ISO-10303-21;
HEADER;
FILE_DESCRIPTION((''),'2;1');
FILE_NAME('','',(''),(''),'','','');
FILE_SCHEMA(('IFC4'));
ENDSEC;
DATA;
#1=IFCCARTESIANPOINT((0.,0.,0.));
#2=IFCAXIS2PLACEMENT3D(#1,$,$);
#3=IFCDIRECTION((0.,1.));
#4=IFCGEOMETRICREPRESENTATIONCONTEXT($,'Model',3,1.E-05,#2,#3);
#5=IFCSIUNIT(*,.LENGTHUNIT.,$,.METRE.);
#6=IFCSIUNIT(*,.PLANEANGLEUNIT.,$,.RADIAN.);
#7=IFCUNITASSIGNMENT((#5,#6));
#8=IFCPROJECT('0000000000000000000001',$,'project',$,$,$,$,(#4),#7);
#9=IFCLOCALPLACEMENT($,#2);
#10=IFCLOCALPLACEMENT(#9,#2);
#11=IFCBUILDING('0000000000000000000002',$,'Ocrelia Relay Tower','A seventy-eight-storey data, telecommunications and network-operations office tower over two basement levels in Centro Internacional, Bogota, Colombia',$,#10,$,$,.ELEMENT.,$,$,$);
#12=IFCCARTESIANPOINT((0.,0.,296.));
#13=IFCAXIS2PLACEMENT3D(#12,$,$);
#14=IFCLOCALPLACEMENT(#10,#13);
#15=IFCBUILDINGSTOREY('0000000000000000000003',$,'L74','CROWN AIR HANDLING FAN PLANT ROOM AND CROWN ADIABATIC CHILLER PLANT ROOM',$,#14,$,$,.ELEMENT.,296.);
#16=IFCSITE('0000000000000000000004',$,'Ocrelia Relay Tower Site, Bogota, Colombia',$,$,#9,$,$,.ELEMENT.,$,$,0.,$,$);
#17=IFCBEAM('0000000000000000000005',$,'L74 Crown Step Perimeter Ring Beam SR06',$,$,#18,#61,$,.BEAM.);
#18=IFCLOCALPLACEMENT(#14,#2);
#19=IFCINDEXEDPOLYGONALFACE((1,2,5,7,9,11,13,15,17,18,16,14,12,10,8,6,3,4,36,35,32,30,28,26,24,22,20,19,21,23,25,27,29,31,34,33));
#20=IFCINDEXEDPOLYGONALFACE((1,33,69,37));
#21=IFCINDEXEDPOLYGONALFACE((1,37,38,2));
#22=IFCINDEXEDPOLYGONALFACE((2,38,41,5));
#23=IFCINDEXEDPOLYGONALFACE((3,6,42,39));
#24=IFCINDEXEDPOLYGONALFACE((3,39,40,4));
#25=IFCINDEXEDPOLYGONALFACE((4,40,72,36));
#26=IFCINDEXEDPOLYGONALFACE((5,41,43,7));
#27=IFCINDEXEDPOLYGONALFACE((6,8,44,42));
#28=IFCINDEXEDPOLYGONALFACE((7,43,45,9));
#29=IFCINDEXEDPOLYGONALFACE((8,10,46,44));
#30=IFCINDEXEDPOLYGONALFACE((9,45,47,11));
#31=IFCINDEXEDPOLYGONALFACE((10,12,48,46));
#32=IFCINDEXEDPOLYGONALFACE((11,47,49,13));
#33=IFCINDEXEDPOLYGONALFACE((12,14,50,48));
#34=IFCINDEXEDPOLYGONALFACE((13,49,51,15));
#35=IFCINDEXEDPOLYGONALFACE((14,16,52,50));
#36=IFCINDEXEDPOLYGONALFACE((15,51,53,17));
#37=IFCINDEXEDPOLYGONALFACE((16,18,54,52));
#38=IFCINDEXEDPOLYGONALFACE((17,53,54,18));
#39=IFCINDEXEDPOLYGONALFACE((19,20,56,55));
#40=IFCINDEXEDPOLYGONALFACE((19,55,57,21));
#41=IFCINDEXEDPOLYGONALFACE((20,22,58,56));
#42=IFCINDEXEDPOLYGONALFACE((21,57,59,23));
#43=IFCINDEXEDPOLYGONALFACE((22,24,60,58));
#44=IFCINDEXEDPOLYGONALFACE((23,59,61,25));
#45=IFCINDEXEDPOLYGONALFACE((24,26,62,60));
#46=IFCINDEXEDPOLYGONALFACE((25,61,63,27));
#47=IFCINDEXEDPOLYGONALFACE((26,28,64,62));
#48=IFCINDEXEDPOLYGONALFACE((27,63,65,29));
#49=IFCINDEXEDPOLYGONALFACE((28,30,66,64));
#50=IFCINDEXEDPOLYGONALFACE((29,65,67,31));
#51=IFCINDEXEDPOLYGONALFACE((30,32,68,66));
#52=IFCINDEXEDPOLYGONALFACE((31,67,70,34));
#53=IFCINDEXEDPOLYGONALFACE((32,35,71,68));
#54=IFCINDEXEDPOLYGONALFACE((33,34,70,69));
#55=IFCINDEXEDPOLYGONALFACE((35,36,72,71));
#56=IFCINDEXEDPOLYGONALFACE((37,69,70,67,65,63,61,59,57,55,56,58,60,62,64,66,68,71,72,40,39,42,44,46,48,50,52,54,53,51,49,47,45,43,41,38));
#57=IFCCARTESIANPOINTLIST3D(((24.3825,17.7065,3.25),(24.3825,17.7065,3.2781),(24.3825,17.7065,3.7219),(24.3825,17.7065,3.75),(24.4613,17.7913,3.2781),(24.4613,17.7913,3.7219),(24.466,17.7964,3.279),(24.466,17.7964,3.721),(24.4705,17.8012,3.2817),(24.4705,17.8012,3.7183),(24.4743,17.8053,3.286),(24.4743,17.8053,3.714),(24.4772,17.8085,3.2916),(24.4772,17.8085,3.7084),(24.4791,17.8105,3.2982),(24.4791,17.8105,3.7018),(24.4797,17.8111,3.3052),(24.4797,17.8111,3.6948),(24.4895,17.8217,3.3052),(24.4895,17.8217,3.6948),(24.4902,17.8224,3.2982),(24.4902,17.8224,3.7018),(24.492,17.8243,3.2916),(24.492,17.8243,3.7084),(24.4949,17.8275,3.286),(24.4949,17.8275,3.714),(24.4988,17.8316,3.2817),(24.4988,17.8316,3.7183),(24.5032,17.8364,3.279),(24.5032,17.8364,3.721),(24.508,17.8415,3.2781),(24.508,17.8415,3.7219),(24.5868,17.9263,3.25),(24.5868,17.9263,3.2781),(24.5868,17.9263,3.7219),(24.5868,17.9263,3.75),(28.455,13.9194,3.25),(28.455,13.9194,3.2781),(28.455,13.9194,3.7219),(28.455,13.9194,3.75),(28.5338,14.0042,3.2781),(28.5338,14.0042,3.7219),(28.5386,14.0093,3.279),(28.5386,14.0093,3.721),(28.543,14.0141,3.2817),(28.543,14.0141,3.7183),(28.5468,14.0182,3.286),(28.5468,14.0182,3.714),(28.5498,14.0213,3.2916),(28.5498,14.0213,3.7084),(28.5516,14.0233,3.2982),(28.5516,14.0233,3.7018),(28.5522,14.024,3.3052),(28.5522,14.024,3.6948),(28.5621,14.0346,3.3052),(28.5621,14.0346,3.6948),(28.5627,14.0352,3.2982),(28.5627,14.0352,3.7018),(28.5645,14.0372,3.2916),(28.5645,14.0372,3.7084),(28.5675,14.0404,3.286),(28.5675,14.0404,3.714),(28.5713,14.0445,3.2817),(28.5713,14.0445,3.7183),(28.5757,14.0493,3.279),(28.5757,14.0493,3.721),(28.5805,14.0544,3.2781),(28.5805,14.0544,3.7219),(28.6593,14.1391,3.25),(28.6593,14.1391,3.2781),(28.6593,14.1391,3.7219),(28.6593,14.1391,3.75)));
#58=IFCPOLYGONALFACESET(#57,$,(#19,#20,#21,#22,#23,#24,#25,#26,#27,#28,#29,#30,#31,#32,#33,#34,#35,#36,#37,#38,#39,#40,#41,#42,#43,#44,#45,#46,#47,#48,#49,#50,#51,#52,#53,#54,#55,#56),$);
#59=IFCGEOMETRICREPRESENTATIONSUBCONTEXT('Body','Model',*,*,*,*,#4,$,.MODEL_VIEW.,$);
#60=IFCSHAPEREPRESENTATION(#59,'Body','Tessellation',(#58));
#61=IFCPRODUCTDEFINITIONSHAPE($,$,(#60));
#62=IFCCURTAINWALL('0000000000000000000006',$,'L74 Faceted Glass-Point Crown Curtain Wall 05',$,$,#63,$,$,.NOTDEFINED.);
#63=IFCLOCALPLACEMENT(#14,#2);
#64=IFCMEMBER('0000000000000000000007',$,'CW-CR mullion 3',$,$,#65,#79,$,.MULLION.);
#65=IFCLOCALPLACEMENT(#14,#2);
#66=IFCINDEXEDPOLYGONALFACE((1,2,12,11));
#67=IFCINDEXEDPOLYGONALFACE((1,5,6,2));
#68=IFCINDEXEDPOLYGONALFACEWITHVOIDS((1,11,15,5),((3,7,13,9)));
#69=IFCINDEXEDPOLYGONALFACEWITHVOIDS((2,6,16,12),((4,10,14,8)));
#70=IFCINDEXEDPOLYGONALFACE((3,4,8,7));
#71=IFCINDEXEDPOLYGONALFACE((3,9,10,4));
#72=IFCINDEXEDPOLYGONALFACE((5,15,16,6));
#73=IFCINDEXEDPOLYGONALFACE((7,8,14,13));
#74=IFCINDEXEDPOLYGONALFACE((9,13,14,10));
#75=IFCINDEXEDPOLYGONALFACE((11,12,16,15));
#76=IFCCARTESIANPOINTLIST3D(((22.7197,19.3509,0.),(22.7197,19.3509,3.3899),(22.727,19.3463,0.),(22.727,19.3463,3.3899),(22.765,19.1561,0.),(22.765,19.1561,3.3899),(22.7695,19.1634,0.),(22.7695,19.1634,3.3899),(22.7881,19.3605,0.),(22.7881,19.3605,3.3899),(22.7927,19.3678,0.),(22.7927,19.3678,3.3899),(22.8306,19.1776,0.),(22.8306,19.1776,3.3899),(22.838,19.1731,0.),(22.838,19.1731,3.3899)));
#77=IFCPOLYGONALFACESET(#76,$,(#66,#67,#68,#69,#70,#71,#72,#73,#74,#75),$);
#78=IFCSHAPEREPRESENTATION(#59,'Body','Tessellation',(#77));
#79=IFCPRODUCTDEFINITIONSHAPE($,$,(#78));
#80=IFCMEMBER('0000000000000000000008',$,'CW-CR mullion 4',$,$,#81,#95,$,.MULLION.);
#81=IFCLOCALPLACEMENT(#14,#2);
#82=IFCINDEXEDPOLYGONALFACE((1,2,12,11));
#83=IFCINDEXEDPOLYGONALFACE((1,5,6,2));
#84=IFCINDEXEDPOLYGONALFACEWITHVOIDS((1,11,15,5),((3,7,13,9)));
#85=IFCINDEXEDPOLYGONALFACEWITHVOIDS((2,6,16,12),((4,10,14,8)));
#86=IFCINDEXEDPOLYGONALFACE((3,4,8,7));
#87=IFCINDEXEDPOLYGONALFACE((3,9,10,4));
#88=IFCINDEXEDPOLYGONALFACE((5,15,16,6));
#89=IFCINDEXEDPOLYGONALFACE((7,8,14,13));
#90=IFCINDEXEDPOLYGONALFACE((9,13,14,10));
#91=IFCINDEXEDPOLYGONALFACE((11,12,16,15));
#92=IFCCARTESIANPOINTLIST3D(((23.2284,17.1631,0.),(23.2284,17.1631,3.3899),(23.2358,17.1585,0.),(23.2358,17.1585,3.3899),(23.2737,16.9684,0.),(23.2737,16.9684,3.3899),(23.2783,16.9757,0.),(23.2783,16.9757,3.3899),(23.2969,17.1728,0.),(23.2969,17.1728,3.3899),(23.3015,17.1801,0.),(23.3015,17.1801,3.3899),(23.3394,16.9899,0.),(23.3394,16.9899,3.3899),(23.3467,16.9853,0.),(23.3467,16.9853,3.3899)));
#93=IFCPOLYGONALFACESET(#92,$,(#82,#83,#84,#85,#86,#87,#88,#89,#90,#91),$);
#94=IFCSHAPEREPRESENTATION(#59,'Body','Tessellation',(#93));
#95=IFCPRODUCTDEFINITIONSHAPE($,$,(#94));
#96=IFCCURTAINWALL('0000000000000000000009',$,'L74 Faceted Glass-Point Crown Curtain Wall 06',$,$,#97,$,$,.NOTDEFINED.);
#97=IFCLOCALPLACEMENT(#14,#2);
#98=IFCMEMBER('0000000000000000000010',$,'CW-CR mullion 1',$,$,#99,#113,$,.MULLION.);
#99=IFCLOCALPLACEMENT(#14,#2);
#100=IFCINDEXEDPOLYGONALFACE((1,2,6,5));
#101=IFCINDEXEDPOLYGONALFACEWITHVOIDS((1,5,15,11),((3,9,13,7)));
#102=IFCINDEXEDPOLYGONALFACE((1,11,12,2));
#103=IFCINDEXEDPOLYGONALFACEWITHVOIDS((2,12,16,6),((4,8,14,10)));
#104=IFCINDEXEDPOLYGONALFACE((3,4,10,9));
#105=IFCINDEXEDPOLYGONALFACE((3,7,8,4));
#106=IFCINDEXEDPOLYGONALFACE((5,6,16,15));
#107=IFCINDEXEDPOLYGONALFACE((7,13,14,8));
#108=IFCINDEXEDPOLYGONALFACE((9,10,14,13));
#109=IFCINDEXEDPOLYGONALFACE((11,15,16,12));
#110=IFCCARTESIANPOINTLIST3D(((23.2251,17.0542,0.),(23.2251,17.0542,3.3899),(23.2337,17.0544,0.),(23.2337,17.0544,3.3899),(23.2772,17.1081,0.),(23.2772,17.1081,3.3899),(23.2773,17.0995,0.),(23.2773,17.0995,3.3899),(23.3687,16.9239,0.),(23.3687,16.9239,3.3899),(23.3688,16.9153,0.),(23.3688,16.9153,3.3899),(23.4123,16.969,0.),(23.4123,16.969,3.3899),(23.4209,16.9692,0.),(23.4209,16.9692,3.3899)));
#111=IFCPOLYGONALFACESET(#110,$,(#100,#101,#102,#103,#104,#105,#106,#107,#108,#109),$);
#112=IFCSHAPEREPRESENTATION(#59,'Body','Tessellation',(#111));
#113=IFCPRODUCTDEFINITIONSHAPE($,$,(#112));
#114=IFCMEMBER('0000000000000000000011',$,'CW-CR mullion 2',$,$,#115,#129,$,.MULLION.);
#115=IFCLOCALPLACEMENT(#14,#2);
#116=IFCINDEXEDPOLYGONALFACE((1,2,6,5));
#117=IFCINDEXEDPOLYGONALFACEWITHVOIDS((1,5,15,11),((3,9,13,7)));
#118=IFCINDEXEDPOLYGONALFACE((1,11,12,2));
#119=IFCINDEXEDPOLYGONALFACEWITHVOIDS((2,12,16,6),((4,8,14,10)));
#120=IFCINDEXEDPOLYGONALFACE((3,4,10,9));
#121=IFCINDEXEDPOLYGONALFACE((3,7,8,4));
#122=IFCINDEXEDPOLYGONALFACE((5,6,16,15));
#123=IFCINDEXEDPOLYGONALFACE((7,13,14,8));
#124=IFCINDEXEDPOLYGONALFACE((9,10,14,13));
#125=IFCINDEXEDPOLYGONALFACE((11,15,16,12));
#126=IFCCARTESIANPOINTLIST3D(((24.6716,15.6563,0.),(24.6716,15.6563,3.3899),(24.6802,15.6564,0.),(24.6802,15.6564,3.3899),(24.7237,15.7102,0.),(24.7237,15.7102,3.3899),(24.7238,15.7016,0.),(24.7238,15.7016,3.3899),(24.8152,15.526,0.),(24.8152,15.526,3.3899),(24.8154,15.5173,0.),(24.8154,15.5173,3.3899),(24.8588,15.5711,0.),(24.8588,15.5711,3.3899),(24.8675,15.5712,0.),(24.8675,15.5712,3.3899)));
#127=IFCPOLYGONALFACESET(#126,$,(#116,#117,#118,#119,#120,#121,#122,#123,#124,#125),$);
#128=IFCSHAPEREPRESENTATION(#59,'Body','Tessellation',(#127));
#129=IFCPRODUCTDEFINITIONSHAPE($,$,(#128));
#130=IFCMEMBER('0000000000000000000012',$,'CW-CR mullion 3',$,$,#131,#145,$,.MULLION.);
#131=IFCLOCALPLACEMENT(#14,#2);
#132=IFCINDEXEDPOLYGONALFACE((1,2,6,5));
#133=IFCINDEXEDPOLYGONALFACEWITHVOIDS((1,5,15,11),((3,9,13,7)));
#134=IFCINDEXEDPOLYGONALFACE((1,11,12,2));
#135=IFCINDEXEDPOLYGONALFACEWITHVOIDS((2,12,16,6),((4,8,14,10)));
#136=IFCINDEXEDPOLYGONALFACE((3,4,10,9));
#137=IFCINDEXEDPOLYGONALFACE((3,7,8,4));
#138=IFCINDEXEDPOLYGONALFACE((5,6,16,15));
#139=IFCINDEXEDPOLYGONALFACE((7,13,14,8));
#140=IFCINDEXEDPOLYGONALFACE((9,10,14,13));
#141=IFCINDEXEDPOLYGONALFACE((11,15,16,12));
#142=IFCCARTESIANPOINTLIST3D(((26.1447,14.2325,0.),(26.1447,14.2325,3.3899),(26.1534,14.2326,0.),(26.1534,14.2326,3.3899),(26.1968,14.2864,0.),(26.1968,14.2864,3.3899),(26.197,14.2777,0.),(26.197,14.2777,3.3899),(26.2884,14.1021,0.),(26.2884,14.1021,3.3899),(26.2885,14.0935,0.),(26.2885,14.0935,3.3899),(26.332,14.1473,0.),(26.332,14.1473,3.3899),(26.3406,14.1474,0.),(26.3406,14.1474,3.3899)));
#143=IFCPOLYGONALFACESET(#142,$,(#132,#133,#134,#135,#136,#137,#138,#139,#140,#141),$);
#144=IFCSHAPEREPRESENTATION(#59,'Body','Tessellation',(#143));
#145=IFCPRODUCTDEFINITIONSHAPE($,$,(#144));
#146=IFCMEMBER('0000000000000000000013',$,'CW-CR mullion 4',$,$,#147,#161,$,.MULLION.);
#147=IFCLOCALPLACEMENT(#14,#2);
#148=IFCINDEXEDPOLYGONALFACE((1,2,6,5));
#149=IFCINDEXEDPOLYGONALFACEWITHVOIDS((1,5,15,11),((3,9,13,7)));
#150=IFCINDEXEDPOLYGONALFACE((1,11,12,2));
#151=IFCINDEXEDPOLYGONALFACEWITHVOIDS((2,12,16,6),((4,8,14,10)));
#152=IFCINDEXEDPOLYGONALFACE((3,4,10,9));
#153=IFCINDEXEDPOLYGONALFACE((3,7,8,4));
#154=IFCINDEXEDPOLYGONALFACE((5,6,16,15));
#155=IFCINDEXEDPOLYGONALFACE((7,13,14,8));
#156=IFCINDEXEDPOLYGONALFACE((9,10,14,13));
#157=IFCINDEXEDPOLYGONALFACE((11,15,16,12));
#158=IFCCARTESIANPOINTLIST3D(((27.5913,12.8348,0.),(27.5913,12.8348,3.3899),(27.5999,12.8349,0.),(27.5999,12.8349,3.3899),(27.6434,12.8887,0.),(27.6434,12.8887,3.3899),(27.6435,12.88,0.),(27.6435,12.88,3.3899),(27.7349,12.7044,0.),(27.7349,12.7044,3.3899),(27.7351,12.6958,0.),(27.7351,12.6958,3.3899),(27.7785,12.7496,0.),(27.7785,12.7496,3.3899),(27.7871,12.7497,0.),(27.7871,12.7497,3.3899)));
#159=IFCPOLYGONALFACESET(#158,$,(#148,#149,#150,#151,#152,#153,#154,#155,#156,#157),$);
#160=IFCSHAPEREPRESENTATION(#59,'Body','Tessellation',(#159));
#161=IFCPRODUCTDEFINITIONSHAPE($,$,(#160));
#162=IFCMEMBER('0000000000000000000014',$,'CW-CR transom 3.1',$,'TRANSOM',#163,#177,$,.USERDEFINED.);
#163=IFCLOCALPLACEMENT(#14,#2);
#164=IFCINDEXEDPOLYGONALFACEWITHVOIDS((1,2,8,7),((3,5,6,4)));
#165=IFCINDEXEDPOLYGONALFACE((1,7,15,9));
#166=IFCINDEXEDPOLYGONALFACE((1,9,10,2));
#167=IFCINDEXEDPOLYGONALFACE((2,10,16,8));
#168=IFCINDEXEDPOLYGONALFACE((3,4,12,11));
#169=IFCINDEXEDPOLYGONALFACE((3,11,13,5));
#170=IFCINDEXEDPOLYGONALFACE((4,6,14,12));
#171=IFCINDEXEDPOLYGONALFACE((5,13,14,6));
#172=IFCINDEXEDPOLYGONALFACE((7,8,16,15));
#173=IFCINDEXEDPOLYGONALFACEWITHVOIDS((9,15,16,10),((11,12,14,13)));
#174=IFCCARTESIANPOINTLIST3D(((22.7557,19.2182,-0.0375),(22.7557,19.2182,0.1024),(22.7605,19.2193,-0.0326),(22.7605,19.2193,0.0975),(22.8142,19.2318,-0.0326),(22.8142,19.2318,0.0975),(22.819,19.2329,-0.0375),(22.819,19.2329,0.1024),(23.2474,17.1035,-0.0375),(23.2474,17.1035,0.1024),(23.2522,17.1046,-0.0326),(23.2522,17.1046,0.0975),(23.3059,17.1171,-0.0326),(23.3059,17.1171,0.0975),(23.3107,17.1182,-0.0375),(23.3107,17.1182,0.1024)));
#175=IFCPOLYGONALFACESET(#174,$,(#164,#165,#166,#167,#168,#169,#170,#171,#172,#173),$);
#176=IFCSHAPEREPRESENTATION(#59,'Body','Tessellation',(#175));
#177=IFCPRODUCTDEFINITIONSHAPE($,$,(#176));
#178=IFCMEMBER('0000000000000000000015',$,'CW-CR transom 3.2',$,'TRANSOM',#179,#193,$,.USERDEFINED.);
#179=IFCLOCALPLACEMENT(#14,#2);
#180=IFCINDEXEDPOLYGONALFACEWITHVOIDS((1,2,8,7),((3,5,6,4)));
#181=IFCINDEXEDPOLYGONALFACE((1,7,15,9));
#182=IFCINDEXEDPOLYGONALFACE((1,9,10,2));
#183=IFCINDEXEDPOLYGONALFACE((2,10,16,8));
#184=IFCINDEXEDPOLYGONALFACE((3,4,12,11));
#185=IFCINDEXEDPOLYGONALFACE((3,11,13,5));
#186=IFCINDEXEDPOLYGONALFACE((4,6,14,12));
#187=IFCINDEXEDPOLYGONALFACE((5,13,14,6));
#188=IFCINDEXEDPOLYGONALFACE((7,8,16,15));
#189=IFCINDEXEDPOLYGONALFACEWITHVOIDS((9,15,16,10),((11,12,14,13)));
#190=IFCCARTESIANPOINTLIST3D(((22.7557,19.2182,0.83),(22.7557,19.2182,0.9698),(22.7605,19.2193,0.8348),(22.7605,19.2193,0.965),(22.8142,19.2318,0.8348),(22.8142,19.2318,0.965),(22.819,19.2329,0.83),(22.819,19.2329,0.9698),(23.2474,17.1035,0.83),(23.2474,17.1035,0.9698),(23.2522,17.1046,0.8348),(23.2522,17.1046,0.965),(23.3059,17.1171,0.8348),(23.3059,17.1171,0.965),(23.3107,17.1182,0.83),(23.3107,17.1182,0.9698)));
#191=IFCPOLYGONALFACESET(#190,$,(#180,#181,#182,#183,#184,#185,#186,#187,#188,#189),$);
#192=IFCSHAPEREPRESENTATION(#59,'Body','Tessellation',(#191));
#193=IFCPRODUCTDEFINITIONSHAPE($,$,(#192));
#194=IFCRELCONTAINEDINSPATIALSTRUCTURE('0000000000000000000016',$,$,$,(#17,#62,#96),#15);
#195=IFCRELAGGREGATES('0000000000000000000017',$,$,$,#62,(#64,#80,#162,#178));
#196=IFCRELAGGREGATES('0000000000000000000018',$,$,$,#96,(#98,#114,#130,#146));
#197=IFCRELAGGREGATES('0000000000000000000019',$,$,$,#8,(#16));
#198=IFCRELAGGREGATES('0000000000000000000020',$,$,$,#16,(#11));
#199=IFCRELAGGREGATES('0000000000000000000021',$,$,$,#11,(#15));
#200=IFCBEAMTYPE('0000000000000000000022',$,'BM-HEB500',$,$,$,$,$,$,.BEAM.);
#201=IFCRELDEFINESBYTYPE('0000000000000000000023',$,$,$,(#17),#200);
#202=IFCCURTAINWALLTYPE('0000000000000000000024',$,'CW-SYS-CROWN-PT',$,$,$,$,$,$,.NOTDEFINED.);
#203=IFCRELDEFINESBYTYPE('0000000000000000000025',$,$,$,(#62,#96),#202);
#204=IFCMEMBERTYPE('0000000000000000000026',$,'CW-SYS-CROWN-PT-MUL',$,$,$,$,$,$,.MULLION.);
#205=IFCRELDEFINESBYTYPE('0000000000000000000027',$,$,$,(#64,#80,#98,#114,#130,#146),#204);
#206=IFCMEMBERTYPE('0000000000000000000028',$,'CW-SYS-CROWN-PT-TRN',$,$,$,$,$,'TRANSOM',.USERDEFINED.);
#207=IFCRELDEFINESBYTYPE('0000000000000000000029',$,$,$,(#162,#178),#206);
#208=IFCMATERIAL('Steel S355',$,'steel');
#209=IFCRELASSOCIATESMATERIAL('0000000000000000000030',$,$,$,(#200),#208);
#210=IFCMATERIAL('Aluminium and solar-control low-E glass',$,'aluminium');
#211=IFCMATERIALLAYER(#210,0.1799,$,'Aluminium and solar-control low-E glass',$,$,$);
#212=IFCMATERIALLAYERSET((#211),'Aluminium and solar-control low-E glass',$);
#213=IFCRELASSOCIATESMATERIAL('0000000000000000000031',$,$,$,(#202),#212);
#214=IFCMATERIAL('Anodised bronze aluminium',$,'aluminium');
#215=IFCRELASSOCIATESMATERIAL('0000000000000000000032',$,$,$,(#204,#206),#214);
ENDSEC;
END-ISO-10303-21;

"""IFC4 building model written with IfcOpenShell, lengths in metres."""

from ifc_helpers import new_model, si_unit, direction, frame, origin, origin_2d, place, context, subcontext, project, spatial, hollow_rectangle, i_section, extrude, material, layer, layer_set, material_profile, profile_set, type_object, element, aggregate, save


model = new_model("IFC4")

# Units and contexts
model_context = context("Model", 3, precision=1e-05, world=origin(), true_north=direction((0.0, 1.0)))
body_context = subcontext(model_context, "Body", "Model", "MODEL_VIEW")
ifc_project = project(units=[si_unit("LENGTHUNIT", "METRE"), si_unit("PLANEANGLEUNIT", "RADIAN")], contexts=[model_context])

# Site, building, storey
site_placement = place(None, origin())
site = spatial("IfcSite", under=ifc_project, at=site_placement, Name="Ocrelia Relay Tower Site, Bogota, Colombia", CompositionType="ELEMENT", RefElevation=0.0)
building_placement = place(site_placement, origin())
building = spatial("IfcBuilding", under=site, at=building_placement, Name="Ocrelia Relay Tower", Description="A seventy-eight-storey data, telecommunications and network-operations office tower over two basement levels in Centro Internacional, Bogota, Colombia", CompositionType="ELEMENT")
storey_placement = place(building_placement, frame((0.0, 0.0, 296.0)))
storey = spatial("IfcBuildingStorey", under=building, at=storey_placement, Name="L74", Description="CROWN AIR HANDLING FAN PLANT ROOM AND CROWN ADIABATIC CHILLER PLANT ROOM", CompositionType="ELEMENT", Elevation=296.0)

# Beam
ifc_material_1 = material(Name="Steel S355", Category="steel")
ifc_material_profile_1 = material_profile(ifc_material_1, i_section(OverallWidth=0.3, OverallDepth=0.5, WebThickness=0.0144, FlangeThickness=0.0281, FilletRadius=0.0271, at=origin_2d()), Name="HEB 500")
ifc_profile_set_1 = profile_set([ifc_material_profile_1], Name="Steel S355")
beam_type_1 = type_object("IfcBeamType", Name="BM-HEB500", PredefinedType="BEAM", material=ifc_profile_set_1)
beam_1_placement = place(storey_placement, frame((24.4846, 17.8164, 3.5), z_axis=(0.732301, -0.680981, 0.0), x_axis=(0.680981, 0.732301, 0.0)))
element("IfcBeam", 1, at=beam_1_placement, inside=storey, type_object=beam_type_1, Name="L74 Crown Step Perimeter Ring Beam SR06", PredefinedType="BEAM", context=body_context, shape_type="SweptSolid", body=[
    extrude(i_section(OverallWidth=0.3, OverallDepth=0.5, WebThickness=0.0144, FlangeThickness=0.0281, FilletRadius=0.0271, at=origin_2d()), origin(), (0.0, 0.0, 1.0), 5.5613),
])

# Curtain walls, members
ifc_material_2 = material(Name="Aluminium and solar-control low-E glass", Category="aluminium")
ifc_layer_1 = layer(ifc_material_2, 0.1799, Name="Aluminium and solar-control low-E glass")
ifc_layer_set_1 = layer_set([ifc_layer_1], Name="Aluminium and solar-control low-E glass")
curtain_wall_type = type_object("IfcCurtainWallType", Name="CW-SYS-CROWN-PT", PredefinedType="NOTDEFINED", material=ifc_layer_set_1)
curtain_wall_1_placement = place(storey_placement, origin())
curtain_wall_1 = element("IfcCurtainWall", 2, at=curtain_wall_1_placement, inside=storey, type_object=curtain_wall_type, Name="L74 Faceted Glass-Point Crown Curtain Wall 05", PredefinedType="NOTDEFINED")
ifc_material_3 = material(Name="Anodised bronze aluminium", Category="aluminium")
ifc_material_profile_2 = material_profile(ifc_material_3, hollow_rectangle(XDim=0.075, YDim=0.2, WallThickness=0.0061, at=origin_2d()), Name="CW-MUL-200x75")
ifc_profile_set_2 = profile_set([ifc_material_profile_2], Name="Anodised bronze aluminium")
member_type_1 = type_object("IfcMemberType", Name="CW-SYS-CROWN-PT-MUL", PredefinedType="MULLION", material=ifc_profile_set_2)
member_1_placement = place(storey_placement, frame((22.7788, 19.262, 0.0), z_axis=(0.0, 0.0, 1.0), x_axis=(0.974004, 0.226533, 0.0)))
member_1 = element("IfcMember", 3, at=member_1_placement, type_object=member_type_1, Name="CW-CR mullion 3", PredefinedType="MULLION", context=body_context, shape_type="SweptSolid", body=[
    extrude(hollow_rectangle(XDim=0.075, YDim=0.2, WallThickness=0.0061, at=origin_2d()), origin(), (0.0, 0.0, 1.0), 3.3899),
])
member_2_placement = place(storey_placement, frame((23.2876, 17.0742, 0.0), z_axis=(0.0, 0.0, 1.0), x_axis=(0.974004, 0.226533, 0.0)))
member_2 = element("IfcMember", 4, at=member_2_placement, type_object=member_type_1, Name="CW-CR mullion 4", PredefinedType="MULLION", context=body_context, shape_type="SweptSolid", body=[
    extrude(hollow_rectangle(XDim=0.075, YDim=0.2, WallThickness=0.0061, at=origin_2d()), origin(), (0.0, 0.0, 1.0), 3.3899),
])
curtain_wall_2_placement = place(storey_placement, origin())
curtain_wall_2 = element("IfcCurtainWall", 5, at=curtain_wall_2_placement, inside=storey, type_object=curtain_wall_type, Name="L74 Faceted Glass-Point Crown Curtain Wall 06", PredefinedType="NOTDEFINED")
member_3_placement = place(storey_placement, frame((23.323, 17.0117, 0.0), z_axis=(0.0, 0.0, 1.0), x_axis=(0.694932, 0.719075, 0.0)))
member_3 = element("IfcMember", 6, at=member_3_placement, type_object=member_type_1, Name="CW-CR mullion 1", PredefinedType="MULLION", context=body_context, shape_type="SweptSolid", body=[
    extrude(hollow_rectangle(XDim=0.075, YDim=0.2, WallThickness=0.0061, at=origin_2d()), origin(), (0.0, 0.0, 1.0), 3.3899),
])
member_4_placement = place(storey_placement, frame((24.7695, 15.6138, 0.0), z_axis=(0.0, 0.0, 1.0), x_axis=(0.694932, 0.719075, 0.0)))
member_4 = element("IfcMember", 7, at=member_4_placement, type_object=member_type_1, Name="CW-CR mullion 2", PredefinedType="MULLION", context=body_context, shape_type="SweptSolid", body=[
    extrude(hollow_rectangle(XDim=0.075, YDim=0.2, WallThickness=0.0061, at=origin_2d()), origin(), (0.0, 0.0, 1.0), 3.3899),
])
member_5_placement = place(storey_placement, frame((26.2427, 14.1899, 0.0), z_axis=(0.0, 0.0, 1.0), x_axis=(0.694932, 0.719075, 0.0)))
member_5 = element("IfcMember", 8, at=member_5_placement, type_object=member_type_1, Name="CW-CR mullion 3", PredefinedType="MULLION", context=body_context, shape_type="SweptSolid", body=[
    extrude(hollow_rectangle(XDim=0.075, YDim=0.2, WallThickness=0.0061, at=origin_2d()), origin(), (0.0, 0.0, 1.0), 3.3899),
])
member_6_placement = place(storey_placement, frame((27.6892, 12.7922, 0.0), z_axis=(0.0, 0.0, 1.0), x_axis=(0.694932, 0.719075, 0.0)))
member_6 = element("IfcMember", 9, at=member_6_placement, type_object=member_type_1, Name="CW-CR mullion 4", PredefinedType="MULLION", context=body_context, shape_type="SweptSolid", body=[
    extrude(hollow_rectangle(XDim=0.075, YDim=0.2, WallThickness=0.0061, at=origin_2d()), origin(), (0.0, 0.0, 1.0), 3.3899),
])

# Members
ifc_material_profile_3 = material_profile(ifc_material_3, hollow_rectangle(XDim=0.0649, YDim=0.1399, WallThickness=0.0049, at=origin_2d()), Name="CW-TRN-140x65")
ifc_profile_set_3 = profile_set([ifc_material_profile_3], Name="Anodised bronze aluminium")
member_type_2 = type_object("IfcMemberType", Name="CW-SYS-CROWN-PT-TRN", ElementType="TRANSOM", PredefinedType="USERDEFINED", material=ifc_profile_set_3)
member_7_placement = place(storey_placement, frame((22.7874, 19.2256, 0.0325), z_axis=(0.226469, -0.974018, 0.0), x_axis=(0.974018, 0.226469, 0.0)))
member_7 = element("IfcMember", 10, at=member_7_placement, type_object=member_type_2, Name="CW-CR transom 3.1", ObjectType="TRANSOM", PredefinedType="USERDEFINED", context=body_context, shape_type="SweptSolid", body=[
    extrude(hollow_rectangle(XDim=0.0649, YDim=0.1399, WallThickness=0.0049, at=origin_2d()), origin(), (0.0, 0.0, 1.0), 2.1711),
])
member_8_placement = place(storey_placement, frame((22.7874, 19.2256, 0.8999), z_axis=(0.226469, -0.974018, 0.0), x_axis=(0.974018, 0.226469, 0.0)))
member_8 = element("IfcMember", 11, at=member_8_placement, type_object=member_type_2, Name="CW-CR transom 3.2", ObjectType="TRANSOM", PredefinedType="USERDEFINED", context=body_context, shape_type="SweptSolid", body=[
    extrude(hollow_rectangle(XDim=0.0649, YDim=0.1399, WallThickness=0.0049, at=origin_2d()), origin(), (0.0, 0.0, 1.0), 2.1711),
])

aggregate(curtain_wall_1, [member_1, member_2, member_7, member_8])
aggregate(curtain_wall_2, [member_3, member_4, member_5, member_6])

save(model, "model.ifc")
